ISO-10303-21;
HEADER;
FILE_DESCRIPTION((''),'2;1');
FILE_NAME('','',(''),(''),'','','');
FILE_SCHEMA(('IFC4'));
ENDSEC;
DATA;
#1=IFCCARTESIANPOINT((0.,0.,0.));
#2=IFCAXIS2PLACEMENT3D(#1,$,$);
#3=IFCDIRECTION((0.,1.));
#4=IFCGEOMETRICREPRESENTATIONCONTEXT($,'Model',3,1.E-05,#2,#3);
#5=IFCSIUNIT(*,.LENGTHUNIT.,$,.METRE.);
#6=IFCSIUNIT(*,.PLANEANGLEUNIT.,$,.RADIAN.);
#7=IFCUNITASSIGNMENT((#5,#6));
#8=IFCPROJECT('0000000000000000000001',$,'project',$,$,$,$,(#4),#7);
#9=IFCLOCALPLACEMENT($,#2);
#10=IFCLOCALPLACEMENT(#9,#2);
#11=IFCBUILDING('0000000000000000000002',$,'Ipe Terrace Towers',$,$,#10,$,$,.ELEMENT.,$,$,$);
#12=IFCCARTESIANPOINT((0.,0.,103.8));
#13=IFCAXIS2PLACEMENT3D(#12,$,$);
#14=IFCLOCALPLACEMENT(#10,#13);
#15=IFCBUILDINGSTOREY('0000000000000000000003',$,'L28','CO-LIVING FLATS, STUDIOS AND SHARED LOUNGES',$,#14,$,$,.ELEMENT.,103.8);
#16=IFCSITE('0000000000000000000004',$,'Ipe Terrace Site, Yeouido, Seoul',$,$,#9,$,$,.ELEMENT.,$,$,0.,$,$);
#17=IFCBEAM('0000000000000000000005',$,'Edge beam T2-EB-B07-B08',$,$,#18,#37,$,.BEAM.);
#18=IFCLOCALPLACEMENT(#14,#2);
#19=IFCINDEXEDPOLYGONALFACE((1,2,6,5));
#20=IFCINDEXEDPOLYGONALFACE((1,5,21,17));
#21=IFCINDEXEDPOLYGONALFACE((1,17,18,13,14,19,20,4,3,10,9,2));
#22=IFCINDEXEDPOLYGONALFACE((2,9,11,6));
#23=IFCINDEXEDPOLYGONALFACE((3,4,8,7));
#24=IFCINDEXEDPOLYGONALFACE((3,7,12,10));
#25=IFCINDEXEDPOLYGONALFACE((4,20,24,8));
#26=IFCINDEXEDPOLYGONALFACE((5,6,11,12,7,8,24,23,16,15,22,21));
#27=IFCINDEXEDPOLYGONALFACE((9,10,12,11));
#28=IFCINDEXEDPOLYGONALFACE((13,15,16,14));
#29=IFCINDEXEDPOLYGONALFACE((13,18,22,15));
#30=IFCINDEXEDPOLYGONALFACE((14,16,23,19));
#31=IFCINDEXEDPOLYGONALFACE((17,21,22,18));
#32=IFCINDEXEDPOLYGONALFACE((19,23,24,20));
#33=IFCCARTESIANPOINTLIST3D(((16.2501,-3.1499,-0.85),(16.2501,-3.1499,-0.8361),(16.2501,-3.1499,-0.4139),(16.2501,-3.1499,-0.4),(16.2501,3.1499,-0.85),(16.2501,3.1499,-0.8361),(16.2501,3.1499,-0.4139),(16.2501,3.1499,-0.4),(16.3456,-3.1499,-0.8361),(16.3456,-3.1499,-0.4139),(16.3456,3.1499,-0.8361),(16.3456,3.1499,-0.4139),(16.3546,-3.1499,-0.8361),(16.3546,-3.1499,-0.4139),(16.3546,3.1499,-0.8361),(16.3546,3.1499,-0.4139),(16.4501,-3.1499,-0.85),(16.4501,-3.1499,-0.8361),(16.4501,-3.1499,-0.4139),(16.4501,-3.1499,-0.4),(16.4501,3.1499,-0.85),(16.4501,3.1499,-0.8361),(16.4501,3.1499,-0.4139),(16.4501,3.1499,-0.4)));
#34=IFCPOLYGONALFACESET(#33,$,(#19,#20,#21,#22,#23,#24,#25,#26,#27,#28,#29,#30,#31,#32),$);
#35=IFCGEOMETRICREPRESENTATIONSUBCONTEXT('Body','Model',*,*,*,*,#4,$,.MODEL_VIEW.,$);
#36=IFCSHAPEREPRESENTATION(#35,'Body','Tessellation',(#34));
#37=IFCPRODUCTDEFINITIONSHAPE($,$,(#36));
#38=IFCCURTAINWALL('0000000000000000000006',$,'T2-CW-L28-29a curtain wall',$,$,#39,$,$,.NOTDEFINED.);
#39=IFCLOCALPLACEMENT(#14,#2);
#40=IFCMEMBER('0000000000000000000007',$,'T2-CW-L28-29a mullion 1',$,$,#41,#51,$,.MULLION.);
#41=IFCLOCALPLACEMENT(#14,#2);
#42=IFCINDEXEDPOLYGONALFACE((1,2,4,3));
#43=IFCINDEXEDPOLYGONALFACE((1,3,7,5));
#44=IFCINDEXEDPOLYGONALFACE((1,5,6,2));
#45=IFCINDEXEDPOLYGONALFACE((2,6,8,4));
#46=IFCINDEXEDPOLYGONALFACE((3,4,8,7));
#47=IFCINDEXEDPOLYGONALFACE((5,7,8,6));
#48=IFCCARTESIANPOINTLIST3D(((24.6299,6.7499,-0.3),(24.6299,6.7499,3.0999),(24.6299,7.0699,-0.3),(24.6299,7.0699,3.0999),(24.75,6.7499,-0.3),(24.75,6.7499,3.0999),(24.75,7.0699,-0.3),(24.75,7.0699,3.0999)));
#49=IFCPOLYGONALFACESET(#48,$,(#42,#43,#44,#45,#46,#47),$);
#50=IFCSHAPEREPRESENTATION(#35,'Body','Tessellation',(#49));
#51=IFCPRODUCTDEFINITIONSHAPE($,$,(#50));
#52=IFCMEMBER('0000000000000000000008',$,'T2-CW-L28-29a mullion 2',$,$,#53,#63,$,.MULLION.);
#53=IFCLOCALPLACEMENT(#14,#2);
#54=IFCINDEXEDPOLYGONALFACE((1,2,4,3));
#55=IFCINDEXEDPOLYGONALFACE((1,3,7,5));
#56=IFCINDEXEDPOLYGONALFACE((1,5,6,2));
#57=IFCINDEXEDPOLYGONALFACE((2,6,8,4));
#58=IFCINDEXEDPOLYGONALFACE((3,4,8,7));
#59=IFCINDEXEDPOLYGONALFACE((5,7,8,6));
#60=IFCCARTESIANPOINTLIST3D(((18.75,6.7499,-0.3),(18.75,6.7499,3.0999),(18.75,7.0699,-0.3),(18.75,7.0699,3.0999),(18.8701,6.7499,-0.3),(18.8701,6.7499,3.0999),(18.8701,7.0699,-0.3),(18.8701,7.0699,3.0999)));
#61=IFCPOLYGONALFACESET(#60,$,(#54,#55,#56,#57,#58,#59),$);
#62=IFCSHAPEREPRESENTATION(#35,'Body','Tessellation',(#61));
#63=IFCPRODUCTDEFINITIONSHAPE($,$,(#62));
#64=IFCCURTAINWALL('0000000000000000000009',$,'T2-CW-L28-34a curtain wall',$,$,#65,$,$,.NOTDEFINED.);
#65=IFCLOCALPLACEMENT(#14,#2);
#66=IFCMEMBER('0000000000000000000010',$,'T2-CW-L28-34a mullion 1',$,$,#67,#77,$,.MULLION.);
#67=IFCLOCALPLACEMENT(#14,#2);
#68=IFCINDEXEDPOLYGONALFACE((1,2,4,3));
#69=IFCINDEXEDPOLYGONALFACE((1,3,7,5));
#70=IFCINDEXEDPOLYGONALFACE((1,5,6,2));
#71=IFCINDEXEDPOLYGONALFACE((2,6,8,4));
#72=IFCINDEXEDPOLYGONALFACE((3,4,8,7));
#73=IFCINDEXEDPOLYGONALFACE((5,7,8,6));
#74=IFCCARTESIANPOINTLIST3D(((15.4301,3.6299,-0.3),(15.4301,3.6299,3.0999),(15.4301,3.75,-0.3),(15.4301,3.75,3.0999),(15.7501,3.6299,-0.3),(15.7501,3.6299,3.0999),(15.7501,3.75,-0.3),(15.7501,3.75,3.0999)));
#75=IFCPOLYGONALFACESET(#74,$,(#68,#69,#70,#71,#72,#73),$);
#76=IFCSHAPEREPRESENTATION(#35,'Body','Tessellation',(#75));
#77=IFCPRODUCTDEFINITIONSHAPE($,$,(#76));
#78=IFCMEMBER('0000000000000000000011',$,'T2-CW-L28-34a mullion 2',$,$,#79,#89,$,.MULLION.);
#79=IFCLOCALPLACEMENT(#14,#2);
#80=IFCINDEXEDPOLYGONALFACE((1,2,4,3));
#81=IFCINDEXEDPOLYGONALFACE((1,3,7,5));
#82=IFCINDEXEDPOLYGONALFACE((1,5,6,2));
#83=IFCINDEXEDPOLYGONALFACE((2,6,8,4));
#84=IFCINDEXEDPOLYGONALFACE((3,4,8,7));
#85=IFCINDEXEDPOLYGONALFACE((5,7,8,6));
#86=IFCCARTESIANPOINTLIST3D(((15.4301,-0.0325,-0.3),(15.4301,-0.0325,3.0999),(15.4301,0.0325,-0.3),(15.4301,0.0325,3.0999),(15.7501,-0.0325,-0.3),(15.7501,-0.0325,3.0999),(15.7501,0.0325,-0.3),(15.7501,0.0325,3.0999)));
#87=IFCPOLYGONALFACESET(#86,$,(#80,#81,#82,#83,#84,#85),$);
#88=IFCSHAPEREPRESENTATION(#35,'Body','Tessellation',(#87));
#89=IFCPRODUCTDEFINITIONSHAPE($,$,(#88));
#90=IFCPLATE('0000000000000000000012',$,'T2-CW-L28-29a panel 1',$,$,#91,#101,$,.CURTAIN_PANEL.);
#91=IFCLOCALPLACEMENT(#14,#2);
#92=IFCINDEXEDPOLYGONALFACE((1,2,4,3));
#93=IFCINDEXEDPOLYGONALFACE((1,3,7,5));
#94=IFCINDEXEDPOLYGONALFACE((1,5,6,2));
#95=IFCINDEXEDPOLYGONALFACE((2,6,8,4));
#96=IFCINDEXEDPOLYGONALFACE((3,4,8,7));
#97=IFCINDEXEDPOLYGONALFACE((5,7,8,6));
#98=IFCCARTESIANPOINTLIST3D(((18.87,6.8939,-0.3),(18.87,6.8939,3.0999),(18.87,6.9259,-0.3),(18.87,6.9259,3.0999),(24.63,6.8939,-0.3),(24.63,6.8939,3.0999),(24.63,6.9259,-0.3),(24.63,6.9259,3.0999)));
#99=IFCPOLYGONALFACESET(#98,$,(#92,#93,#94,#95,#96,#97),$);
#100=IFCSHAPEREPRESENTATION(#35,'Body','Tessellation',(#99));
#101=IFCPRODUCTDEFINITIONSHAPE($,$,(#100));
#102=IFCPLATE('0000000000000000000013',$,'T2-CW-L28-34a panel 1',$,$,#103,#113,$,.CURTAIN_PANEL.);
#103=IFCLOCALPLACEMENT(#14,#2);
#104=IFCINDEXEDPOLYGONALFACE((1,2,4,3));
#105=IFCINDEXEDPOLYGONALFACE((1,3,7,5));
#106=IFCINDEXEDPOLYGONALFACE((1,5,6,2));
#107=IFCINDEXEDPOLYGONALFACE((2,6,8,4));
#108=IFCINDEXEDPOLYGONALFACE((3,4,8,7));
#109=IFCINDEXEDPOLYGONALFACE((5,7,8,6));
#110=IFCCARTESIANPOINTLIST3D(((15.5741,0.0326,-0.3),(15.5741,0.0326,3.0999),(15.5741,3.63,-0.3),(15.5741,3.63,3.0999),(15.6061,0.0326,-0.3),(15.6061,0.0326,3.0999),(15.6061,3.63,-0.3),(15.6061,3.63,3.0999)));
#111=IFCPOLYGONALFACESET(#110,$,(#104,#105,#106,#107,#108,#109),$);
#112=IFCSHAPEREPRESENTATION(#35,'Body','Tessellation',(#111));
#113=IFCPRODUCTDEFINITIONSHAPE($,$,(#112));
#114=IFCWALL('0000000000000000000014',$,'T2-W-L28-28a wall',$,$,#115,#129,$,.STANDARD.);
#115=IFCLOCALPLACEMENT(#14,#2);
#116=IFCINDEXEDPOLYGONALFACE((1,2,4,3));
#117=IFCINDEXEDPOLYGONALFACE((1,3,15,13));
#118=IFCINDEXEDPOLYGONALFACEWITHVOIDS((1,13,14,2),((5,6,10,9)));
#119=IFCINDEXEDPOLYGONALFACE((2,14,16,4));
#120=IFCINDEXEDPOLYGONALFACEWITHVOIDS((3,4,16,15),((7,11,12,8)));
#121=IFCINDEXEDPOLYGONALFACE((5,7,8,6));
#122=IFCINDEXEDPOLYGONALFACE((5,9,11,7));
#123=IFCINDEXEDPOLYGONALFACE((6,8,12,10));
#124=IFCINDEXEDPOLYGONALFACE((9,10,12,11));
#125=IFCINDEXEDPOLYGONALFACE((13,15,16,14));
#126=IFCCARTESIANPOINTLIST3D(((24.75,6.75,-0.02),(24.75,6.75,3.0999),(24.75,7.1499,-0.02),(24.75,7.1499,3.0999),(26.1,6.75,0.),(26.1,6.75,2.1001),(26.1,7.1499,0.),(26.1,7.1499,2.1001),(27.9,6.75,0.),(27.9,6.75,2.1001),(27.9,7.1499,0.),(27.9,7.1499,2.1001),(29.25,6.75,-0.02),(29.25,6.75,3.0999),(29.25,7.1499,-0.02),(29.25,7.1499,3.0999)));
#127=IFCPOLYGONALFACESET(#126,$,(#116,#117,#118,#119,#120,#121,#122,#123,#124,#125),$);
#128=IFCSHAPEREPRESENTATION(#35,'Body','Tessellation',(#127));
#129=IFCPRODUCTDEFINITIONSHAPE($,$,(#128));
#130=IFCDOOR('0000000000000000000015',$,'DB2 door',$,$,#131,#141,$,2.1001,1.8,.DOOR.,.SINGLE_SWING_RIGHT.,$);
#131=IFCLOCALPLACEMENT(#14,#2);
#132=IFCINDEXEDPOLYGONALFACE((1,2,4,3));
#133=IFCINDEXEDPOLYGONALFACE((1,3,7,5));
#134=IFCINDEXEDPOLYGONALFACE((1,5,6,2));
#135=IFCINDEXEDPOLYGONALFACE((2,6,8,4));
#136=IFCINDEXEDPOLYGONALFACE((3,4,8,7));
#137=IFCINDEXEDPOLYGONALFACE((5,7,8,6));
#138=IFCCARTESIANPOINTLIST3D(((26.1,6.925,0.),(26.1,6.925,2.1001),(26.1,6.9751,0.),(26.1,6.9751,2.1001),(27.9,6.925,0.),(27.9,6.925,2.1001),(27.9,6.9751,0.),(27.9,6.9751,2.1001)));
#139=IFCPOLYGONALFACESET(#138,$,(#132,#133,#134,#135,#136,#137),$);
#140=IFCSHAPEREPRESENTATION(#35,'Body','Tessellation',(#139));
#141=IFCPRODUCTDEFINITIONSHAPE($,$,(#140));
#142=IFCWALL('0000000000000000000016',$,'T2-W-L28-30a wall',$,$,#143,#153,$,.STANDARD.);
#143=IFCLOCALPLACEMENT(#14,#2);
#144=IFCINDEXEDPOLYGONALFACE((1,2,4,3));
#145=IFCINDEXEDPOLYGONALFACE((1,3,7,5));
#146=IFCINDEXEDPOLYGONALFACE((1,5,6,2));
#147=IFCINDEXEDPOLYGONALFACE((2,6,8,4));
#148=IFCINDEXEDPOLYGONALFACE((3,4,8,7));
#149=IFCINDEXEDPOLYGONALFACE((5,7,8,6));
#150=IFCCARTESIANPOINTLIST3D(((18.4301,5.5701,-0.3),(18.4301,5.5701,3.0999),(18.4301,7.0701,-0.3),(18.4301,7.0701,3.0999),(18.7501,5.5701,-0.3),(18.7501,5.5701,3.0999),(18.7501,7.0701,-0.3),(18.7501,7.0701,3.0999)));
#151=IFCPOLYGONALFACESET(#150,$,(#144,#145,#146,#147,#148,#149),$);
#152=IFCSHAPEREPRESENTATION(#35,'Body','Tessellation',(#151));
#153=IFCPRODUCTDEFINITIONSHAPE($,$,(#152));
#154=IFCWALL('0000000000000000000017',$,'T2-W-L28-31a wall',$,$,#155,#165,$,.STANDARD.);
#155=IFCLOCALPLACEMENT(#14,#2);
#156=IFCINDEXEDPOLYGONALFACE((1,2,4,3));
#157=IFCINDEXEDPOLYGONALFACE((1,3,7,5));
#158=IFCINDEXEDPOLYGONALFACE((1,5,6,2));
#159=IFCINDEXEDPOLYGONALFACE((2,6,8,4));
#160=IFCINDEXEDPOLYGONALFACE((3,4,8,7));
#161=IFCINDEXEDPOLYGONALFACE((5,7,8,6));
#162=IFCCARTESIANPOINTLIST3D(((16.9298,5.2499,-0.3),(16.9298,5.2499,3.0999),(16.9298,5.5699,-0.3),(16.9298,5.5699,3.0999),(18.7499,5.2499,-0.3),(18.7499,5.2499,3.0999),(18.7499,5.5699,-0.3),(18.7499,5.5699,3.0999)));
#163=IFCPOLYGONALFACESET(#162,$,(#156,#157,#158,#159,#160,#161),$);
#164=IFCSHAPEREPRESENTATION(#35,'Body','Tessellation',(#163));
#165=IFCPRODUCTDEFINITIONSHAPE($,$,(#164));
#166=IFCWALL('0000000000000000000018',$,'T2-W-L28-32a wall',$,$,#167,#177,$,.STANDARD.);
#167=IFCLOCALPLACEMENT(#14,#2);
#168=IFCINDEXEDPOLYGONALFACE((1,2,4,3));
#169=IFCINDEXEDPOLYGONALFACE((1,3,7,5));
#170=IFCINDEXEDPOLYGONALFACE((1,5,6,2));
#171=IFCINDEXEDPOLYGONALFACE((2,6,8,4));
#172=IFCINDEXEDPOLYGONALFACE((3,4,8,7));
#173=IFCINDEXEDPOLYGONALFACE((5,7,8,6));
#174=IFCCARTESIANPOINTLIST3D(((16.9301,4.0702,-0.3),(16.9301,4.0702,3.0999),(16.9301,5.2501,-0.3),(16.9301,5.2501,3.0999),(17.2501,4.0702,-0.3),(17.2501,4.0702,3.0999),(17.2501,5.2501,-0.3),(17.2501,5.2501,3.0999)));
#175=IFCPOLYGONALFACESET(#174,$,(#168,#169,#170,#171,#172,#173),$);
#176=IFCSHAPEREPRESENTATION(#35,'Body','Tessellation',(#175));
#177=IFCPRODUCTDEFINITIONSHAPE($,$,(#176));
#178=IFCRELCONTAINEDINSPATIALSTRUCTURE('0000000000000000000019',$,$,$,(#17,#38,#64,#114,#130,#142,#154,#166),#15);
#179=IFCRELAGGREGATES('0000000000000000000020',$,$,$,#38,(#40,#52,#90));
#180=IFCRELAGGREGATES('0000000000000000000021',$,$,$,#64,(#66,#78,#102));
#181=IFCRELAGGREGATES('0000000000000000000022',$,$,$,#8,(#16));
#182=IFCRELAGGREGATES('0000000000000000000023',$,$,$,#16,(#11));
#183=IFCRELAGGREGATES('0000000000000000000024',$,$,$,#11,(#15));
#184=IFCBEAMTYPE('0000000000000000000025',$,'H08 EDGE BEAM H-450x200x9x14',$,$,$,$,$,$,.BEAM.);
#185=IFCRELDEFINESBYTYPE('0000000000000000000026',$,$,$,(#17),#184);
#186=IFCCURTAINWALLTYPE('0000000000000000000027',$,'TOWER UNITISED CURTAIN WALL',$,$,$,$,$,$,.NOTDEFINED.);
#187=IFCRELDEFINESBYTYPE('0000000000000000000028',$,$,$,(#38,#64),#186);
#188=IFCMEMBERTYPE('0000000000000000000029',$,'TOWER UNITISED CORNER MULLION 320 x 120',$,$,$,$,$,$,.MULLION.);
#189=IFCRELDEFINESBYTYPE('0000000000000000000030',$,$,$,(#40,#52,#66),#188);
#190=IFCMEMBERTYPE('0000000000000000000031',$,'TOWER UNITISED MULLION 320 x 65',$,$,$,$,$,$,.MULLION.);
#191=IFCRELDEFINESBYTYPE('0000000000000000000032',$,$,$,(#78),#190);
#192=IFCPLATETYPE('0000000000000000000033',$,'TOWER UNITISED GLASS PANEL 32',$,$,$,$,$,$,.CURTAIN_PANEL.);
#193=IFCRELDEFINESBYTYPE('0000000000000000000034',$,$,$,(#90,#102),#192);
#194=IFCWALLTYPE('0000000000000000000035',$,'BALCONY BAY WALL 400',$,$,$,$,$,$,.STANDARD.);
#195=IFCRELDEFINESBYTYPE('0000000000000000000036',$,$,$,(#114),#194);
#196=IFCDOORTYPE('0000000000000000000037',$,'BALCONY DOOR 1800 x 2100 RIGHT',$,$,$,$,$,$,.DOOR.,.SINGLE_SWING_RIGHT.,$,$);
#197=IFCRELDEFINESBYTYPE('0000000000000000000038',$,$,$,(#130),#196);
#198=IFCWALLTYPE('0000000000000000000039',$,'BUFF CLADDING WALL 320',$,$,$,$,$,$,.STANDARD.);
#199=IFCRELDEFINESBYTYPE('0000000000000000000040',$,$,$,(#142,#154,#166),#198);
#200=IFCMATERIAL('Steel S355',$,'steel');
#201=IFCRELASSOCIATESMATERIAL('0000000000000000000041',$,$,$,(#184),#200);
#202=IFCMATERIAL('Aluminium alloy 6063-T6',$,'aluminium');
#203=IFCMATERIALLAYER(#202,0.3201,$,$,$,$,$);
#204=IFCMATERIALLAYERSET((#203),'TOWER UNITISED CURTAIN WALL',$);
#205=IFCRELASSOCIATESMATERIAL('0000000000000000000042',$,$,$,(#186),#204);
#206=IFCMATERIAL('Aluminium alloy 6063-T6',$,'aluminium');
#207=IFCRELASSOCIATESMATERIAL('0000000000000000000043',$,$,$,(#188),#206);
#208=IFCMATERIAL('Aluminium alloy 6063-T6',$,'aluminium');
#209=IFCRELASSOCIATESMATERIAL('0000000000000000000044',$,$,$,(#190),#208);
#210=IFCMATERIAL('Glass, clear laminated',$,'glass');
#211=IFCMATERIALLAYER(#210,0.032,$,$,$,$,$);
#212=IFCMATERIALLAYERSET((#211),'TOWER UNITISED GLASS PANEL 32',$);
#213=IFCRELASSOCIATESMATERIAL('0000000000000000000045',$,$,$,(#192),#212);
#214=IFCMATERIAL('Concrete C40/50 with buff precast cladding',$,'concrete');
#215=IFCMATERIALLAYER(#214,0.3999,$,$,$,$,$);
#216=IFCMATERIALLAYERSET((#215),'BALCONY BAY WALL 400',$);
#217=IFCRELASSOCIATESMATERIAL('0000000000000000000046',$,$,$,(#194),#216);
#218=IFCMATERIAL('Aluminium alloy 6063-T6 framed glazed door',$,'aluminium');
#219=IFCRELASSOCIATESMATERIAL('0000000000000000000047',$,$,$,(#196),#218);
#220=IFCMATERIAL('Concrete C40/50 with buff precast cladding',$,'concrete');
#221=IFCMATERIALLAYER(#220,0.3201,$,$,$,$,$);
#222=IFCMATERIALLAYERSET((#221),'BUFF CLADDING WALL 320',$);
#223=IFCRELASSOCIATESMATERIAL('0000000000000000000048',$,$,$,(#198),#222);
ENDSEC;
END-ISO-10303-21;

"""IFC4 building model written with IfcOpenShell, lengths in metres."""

from ifc_helpers import new_model, si_unit, direction, frame, frame_2d, origin, origin_2d, place, context, subcontext, project, spatial, rectangle, i_section, extrude, material, layer, layer_set, material_profile, profile_set, type_object, element, fill, aggregate, save


model = new_model("IFC4")

# Units and contexts
model_context = context("Model", 3, precision=1e-05, world=origin(), true_north=direction((0.0, 1.0)))
body_context = subcontext(model_context, "Body", "Model", "MODEL_VIEW")
ifc_project = project(units=[si_unit("LENGTHUNIT", "METRE"), si_unit("PLANEANGLEUNIT", "RADIAN")], contexts=[model_context])

# Site, building, storey
site_placement = place(None, origin())
site = spatial("IfcSite", under=ifc_project, at=site_placement, Name="Ipe Terrace Site, Yeouido, Seoul", CompositionType="ELEMENT", RefElevation=0.0)
building_placement = place(site_placement, origin())
building = spatial("IfcBuilding", under=site, at=building_placement, Name="Ipe Terrace Towers", CompositionType="ELEMENT")
storey_placement = place(building_placement, frame((0.0, 0.0, 103.8)))
storey = spatial("IfcBuildingStorey", under=building, at=storey_placement, Name="L28", Description="CO-LIVING FLATS, STUDIOS AND SHARED LOUNGES", CompositionType="ELEMENT", Elevation=103.8)

# Beam
ifc_material_1 = material(Name="Steel S355", Category="steel")
ifc_material_profile_1 = material_profile(ifc_material_1, i_section(OverallWidth=0.2, OverallDepth=0.45, WebThickness=0.009, FlangeThickness=0.0139, at=origin_2d()), Name="H-450x200x9x14")
ifc_profile_set_1 = profile_set([ifc_material_profile_1], Name="Steel S355")
beam_type_1 = type_object("IfcBeamType", Name="H08 EDGE BEAM H-450x200x9x14", PredefinedType="BEAM", material=ifc_profile_set_1)
beam_1_placement = place(storey_placement, frame((16.3501, 3.1499, -0.625), z_axis=(0.0, -1.0, 0.0), x_axis=(1.0, 0.0, 0.0)))
element("IfcBeam", 1, at=beam_1_placement, inside=storey, type_object=beam_type_1, Name="Edge beam T2-EB-B07-B08", PredefinedType="BEAM", context=body_context, shape_type="SweptSolid", body=[
    extrude(i_section(OverallWidth=0.2, OverallDepth=0.45, WebThickness=0.009, FlangeThickness=0.0139, at=origin_2d()), origin(), (0.0, 0.0, 1.0), 6.2998),
])

# Curtain walls, members
ifc_material_2 = material(Name="Aluminium alloy 6063-T6", Category="aluminium")
ifc_layer_1 = layer(ifc_material_2, 0.3201)
ifc_layer_set_1 = layer_set([ifc_layer_1], Name="TOWER UNITISED CURTAIN WALL")
curtain_wall_type = type_object("IfcCurtainWallType", Name="TOWER UNITISED CURTAIN WALL", PredefinedType="NOTDEFINED", material=ifc_layer_set_1)
curtain_wall_1_placement = place(storey_placement, origin())
curtain_wall_1 = element("IfcCurtainWall", 2, at=curtain_wall_1_placement, inside=storey, type_object=curtain_wall_type, Name="T2-CW-L28-29a curtain wall", PredefinedType="NOTDEFINED")
ifc_material_3 = material(Name="Aluminium alloy 6063-T6", Category="aluminium")
ifc_material_profile_2 = material_profile(ifc_material_3, rectangle(XDim=0.3201, YDim=0.1201, at=origin_2d()), Name="TOWER UNITISED CORNER MULLION 320 x 120")
ifc_profile_set_2 = profile_set([ifc_material_profile_2], Name="Aluminium alloy 6063-T6")
member_type_1 = type_object("IfcMemberType", Name="TOWER UNITISED CORNER MULLION 320 x 120", PredefinedType="MULLION", material=ifc_profile_set_2)
member_1_placement = place(storey_placement, frame((24.6899, 6.9099, -0.3), z_axis=(0.0, 0.0, 1.0), x_axis=(0.0, 1.0, 0.0)))
member_1 = element("IfcMember", 3, at=member_1_placement, type_object=member_type_1, Name="T2-CW-L28-29a mullion 1", PredefinedType="MULLION", context=body_context, shape_type="SweptSolid", body=[
    extrude(rectangle(XDim=0.3201, YDim=0.1201, at=origin_2d()), origin(), (0.0, 0.0, 1.0), 3.3999),
])
member_2_placement = place(storey_placement, frame((18.8101, 6.9099, -0.3), z_axis=(0.0, 0.0, 1.0), x_axis=(0.0, 1.0, 0.0)))
member_2 = element("IfcMember", 4, at=member_2_placement, type_object=member_type_1, Name="T2-CW-L28-29a mullion 2", PredefinedType="MULLION", context=body_context, shape_type="SweptSolid", body=[
    extrude(rectangle(XDim=0.3201, YDim=0.1201, at=origin_2d()), origin(), (0.0, 0.0, 1.0), 3.3999),
])
curtain_wall_2_placement = place(storey_placement, origin())
curtain_wall_2 = element("IfcCurtainWall", 5, at=curtain_wall_2_placement, inside=storey, type_object=curtain_wall_type, Name="T2-CW-L28-34a curtain wall", PredefinedType="NOTDEFINED")
member_3_placement = place(storey_placement, frame((15.5901, 3.6899, -0.3), z_axis=(0.0, 0.0, 1.0), x_axis=(-1.0, 0.0, 0.0)))
member_3 = element("IfcMember", 6, at=member_3_placement, type_object=member_type_1, Name="T2-CW-L28-34a mullion 1", PredefinedType="MULLION", context=body_context, shape_type="SweptSolid", body=[
    extrude(rectangle(XDim=0.3201, YDim=0.1201, at=origin_2d()), origin(), (0.0, 0.0, 1.0), 3.3999),
])
ifc_material_4 = material(Name="Aluminium alloy 6063-T6", Category="aluminium")
ifc_material_profile_3 = material_profile(ifc_material_4, rectangle(XDim=0.3201, YDim=0.0649, at=origin_2d()), Name="TOWER UNITISED MULLION 320 x 65")
ifc_profile_set_3 = profile_set([ifc_material_profile_3], Name="Aluminium alloy 6063-T6")
member_type_2 = type_object("IfcMemberType", Name="TOWER UNITISED MULLION 320 x 65", PredefinedType="MULLION", material=ifc_profile_set_3)
member_4_placement = place(storey_placement, frame((15.5901, 0.0, -0.3), z_axis=(0.0, 0.0, 1.0), x_axis=(-1.0, 0.0, 0.0)))
member_4 = element("IfcMember", 7, at=member_4_placement, type_object=member_type_2, Name="T2-CW-L28-34a mullion 2", PredefinedType="MULLION", context=body_context, shape_type="SweptSolid", body=[
    extrude(rectangle(XDim=0.3201, YDim=0.0649, at=origin_2d()), origin(), (0.0, 0.0, 1.0), 3.3999),
])

# Plates
ifc_material_5 = material(Name="Glass, clear laminated", Category="glass")
ifc_layer_2 = layer(ifc_material_5, 0.032)
ifc_layer_set_2 = layer_set([ifc_layer_2], Name="TOWER UNITISED GLASS PANEL 32")
plate_type = type_object("IfcPlateType", Name="TOWER UNITISED GLASS PANEL 32", PredefinedType="CURTAIN_PANEL", material=ifc_layer_set_2)
plate_1_placement = place(storey_placement, frame((21.75, 6.9099, -0.3), z_axis=(0.0, 0.0, 1.0), x_axis=(-1.0, 0.0, 0.0)))
plate_1 = element("IfcPlate", 8, at=plate_1_placement, type_object=plate_type, Name="T2-CW-L28-29a panel 1", PredefinedType="CURTAIN_PANEL", context=body_context, shape_type="SweptSolid", body=[
    extrude(rectangle(XDim=5.76, YDim=0.032, at=origin_2d()), origin(), (0.0, 0.0, 1.0), 3.3999),
])
aggregate(curtain_wall_1, [member_1, member_2, plate_1])
plate_2_placement = place(storey_placement, frame((15.5901, 1.8313, -0.3), z_axis=(0.0, 0.0, 1.0), x_axis=(0.0, -1.0, 0.0)))
plate_2 = element("IfcPlate", 9, at=plate_2_placement, type_object=plate_type, Name="T2-CW-L28-34a panel 1", PredefinedType="CURTAIN_PANEL", context=body_context, shape_type="SweptSolid", body=[
    extrude(rectangle(XDim=3.5974, YDim=0.032, at=origin_2d()), origin(), (0.0, 0.0, 1.0), 3.3999),
])
aggregate(curtain_wall_2, [member_3, member_4, plate_2])

# Wall, opening, door
ifc_material_6 = material(Name="Concrete C40/50 with buff precast cladding", Category="concrete")
ifc_layer_3 = layer(ifc_material_6, 0.3999)
ifc_layer_set_3 = layer_set([ifc_layer_3], Name="BALCONY BAY WALL 400")
wall_type_1 = type_object("IfcWallType", Name="BALCONY BAY WALL 400", PredefinedType="STANDARD", material=ifc_layer_set_3)
wall_1_placement = place(storey_placement, frame((29.25, 6.95, -0.02), z_axis=(0.0, 0.0, 1.0), x_axis=(-1.0, 0.0, 0.0)))
wall_1 = element("IfcWall", 10, at=wall_1_placement, inside=storey, type_object=wall_type_1, Name="T2-W-L28-28a wall", PredefinedType="STANDARD", context=body_context, shape_type="SweptSolid", body=[
    extrude(rectangle(XDim=4.5, YDim=0.3999, at=frame_2d((2.25, 0.0))), origin(), (0.0, 0.0, 1.0), 3.1199),
])
opening_1_placement = place(wall_1_placement, frame((1.3501, 0.0, 0.02)))
opening_1 = element("IfcOpeningElement", 11, at=opening_1_placement, cuts=wall_1, PredefinedType="OPENING", context=body_context, shape_type="SweptSolid", body=[
    extrude(rectangle(XDim=1.8, YDim=2.1001, at=frame_2d((0.8999, 1.05))), frame((0.0, 0.21, 0.0), z_axis=(0.0, -1.0, 0.0), x_axis=(1.0, 0.0, 0.0)), (0.0, 0.0, 1.0), 0.4199),
])
ifc_material_7 = material(Name="Aluminium alloy 6063-T6 framed glazed door", Category="aluminium")
door_type_1 = type_object("IfcDoorType", Name="BALCONY DOOR 1800 x 2100 RIGHT", OperationType="SINGLE_SWING_RIGHT", PredefinedType="DOOR", material=ifc_material_7)
door_1_placement = place(opening_1_placement, origin())
door_1 = element("IfcDoor", 12, at=door_1_placement, inside=storey, type_object=door_type_1, Name="DB2 door", OperationType="SINGLE_SWING_RIGHT", OverallHeight=2.1001, OverallWidth=1.8, PredefinedType="DOOR", context=body_context, shape_type="SweptSolid", body=[
    extrude(rectangle(XDim=1.8, YDim=2.1001, at=frame_2d((0.8999, 1.05))), frame((0.0, 0.0249, 0.0), z_axis=(0.0, -1.0, 0.0), x_axis=(1.0, 0.0, 0.0)), (0.0, 0.0, 1.0), 0.05),
])
fill(opening_1, door_1)

# Walls
ifc_material_8 = material(Name="Concrete C40/50 with buff precast cladding", Category="concrete")
ifc_layer_4 = layer(ifc_material_8, 0.3201)
ifc_layer_set_4 = layer_set([ifc_layer_4], Name="BUFF CLADDING WALL 320")
wall_type_2 = type_object("IfcWallType", Name="BUFF CLADDING WALL 320", PredefinedType="STANDARD", material=ifc_layer_set_4)
wall_2_placement = place(storey_placement, frame((18.5901, 7.0701, -0.3), z_axis=(0.0, 0.0, 1.0), x_axis=(0.0, -1.0, 0.0)))
element("IfcWall", 13, at=wall_2_placement, inside=storey, type_object=wall_type_2, Name="T2-W-L28-30a wall", PredefinedType="STANDARD", context=body_context, shape_type="SweptSolid", body=[
    extrude(rectangle(XDim=1.5, YDim=0.3201, at=frame_2d((0.75, 0.0))), origin(), (0.0, 0.0, 1.0), 3.3999),
])
wall_3_placement = place(storey_placement, frame((18.75, 5.4099, -0.3), z_axis=(0.0, 0.0, 1.0), x_axis=(-1.0, 0.0, 0.0)))
element("IfcWall", 14, at=wall_3_placement, inside=storey, type_object=wall_type_2, Name="T2-W-L28-31a wall", PredefinedType="STANDARD", context=body_context, shape_type="SweptSolid", body=[
    extrude(rectangle(XDim=1.8201, YDim=0.3201, at=frame_2d((0.9102, 0.0))), origin(), (0.0, 0.0, 1.0), 3.3999),
])
wall_4_placement = place(storey_placement, frame((17.0901, 5.25, -0.3), z_axis=(0.0, 0.0, 1.0), x_axis=(0.0, -1.0, 0.0)))
element("IfcWall", 15, at=wall_4_placement, inside=storey, type_object=wall_type_2, Name="T2-W-L28-32a wall", PredefinedType="STANDARD", context=body_context, shape_type="SweptSolid", body=[
    extrude(rectangle(XDim=1.1799, YDim=0.3201, at=frame_2d((0.5898, 0.0))), origin(), (0.0, 0.0, 1.0), 3.3999),
])

save(model, "model.ifc")
